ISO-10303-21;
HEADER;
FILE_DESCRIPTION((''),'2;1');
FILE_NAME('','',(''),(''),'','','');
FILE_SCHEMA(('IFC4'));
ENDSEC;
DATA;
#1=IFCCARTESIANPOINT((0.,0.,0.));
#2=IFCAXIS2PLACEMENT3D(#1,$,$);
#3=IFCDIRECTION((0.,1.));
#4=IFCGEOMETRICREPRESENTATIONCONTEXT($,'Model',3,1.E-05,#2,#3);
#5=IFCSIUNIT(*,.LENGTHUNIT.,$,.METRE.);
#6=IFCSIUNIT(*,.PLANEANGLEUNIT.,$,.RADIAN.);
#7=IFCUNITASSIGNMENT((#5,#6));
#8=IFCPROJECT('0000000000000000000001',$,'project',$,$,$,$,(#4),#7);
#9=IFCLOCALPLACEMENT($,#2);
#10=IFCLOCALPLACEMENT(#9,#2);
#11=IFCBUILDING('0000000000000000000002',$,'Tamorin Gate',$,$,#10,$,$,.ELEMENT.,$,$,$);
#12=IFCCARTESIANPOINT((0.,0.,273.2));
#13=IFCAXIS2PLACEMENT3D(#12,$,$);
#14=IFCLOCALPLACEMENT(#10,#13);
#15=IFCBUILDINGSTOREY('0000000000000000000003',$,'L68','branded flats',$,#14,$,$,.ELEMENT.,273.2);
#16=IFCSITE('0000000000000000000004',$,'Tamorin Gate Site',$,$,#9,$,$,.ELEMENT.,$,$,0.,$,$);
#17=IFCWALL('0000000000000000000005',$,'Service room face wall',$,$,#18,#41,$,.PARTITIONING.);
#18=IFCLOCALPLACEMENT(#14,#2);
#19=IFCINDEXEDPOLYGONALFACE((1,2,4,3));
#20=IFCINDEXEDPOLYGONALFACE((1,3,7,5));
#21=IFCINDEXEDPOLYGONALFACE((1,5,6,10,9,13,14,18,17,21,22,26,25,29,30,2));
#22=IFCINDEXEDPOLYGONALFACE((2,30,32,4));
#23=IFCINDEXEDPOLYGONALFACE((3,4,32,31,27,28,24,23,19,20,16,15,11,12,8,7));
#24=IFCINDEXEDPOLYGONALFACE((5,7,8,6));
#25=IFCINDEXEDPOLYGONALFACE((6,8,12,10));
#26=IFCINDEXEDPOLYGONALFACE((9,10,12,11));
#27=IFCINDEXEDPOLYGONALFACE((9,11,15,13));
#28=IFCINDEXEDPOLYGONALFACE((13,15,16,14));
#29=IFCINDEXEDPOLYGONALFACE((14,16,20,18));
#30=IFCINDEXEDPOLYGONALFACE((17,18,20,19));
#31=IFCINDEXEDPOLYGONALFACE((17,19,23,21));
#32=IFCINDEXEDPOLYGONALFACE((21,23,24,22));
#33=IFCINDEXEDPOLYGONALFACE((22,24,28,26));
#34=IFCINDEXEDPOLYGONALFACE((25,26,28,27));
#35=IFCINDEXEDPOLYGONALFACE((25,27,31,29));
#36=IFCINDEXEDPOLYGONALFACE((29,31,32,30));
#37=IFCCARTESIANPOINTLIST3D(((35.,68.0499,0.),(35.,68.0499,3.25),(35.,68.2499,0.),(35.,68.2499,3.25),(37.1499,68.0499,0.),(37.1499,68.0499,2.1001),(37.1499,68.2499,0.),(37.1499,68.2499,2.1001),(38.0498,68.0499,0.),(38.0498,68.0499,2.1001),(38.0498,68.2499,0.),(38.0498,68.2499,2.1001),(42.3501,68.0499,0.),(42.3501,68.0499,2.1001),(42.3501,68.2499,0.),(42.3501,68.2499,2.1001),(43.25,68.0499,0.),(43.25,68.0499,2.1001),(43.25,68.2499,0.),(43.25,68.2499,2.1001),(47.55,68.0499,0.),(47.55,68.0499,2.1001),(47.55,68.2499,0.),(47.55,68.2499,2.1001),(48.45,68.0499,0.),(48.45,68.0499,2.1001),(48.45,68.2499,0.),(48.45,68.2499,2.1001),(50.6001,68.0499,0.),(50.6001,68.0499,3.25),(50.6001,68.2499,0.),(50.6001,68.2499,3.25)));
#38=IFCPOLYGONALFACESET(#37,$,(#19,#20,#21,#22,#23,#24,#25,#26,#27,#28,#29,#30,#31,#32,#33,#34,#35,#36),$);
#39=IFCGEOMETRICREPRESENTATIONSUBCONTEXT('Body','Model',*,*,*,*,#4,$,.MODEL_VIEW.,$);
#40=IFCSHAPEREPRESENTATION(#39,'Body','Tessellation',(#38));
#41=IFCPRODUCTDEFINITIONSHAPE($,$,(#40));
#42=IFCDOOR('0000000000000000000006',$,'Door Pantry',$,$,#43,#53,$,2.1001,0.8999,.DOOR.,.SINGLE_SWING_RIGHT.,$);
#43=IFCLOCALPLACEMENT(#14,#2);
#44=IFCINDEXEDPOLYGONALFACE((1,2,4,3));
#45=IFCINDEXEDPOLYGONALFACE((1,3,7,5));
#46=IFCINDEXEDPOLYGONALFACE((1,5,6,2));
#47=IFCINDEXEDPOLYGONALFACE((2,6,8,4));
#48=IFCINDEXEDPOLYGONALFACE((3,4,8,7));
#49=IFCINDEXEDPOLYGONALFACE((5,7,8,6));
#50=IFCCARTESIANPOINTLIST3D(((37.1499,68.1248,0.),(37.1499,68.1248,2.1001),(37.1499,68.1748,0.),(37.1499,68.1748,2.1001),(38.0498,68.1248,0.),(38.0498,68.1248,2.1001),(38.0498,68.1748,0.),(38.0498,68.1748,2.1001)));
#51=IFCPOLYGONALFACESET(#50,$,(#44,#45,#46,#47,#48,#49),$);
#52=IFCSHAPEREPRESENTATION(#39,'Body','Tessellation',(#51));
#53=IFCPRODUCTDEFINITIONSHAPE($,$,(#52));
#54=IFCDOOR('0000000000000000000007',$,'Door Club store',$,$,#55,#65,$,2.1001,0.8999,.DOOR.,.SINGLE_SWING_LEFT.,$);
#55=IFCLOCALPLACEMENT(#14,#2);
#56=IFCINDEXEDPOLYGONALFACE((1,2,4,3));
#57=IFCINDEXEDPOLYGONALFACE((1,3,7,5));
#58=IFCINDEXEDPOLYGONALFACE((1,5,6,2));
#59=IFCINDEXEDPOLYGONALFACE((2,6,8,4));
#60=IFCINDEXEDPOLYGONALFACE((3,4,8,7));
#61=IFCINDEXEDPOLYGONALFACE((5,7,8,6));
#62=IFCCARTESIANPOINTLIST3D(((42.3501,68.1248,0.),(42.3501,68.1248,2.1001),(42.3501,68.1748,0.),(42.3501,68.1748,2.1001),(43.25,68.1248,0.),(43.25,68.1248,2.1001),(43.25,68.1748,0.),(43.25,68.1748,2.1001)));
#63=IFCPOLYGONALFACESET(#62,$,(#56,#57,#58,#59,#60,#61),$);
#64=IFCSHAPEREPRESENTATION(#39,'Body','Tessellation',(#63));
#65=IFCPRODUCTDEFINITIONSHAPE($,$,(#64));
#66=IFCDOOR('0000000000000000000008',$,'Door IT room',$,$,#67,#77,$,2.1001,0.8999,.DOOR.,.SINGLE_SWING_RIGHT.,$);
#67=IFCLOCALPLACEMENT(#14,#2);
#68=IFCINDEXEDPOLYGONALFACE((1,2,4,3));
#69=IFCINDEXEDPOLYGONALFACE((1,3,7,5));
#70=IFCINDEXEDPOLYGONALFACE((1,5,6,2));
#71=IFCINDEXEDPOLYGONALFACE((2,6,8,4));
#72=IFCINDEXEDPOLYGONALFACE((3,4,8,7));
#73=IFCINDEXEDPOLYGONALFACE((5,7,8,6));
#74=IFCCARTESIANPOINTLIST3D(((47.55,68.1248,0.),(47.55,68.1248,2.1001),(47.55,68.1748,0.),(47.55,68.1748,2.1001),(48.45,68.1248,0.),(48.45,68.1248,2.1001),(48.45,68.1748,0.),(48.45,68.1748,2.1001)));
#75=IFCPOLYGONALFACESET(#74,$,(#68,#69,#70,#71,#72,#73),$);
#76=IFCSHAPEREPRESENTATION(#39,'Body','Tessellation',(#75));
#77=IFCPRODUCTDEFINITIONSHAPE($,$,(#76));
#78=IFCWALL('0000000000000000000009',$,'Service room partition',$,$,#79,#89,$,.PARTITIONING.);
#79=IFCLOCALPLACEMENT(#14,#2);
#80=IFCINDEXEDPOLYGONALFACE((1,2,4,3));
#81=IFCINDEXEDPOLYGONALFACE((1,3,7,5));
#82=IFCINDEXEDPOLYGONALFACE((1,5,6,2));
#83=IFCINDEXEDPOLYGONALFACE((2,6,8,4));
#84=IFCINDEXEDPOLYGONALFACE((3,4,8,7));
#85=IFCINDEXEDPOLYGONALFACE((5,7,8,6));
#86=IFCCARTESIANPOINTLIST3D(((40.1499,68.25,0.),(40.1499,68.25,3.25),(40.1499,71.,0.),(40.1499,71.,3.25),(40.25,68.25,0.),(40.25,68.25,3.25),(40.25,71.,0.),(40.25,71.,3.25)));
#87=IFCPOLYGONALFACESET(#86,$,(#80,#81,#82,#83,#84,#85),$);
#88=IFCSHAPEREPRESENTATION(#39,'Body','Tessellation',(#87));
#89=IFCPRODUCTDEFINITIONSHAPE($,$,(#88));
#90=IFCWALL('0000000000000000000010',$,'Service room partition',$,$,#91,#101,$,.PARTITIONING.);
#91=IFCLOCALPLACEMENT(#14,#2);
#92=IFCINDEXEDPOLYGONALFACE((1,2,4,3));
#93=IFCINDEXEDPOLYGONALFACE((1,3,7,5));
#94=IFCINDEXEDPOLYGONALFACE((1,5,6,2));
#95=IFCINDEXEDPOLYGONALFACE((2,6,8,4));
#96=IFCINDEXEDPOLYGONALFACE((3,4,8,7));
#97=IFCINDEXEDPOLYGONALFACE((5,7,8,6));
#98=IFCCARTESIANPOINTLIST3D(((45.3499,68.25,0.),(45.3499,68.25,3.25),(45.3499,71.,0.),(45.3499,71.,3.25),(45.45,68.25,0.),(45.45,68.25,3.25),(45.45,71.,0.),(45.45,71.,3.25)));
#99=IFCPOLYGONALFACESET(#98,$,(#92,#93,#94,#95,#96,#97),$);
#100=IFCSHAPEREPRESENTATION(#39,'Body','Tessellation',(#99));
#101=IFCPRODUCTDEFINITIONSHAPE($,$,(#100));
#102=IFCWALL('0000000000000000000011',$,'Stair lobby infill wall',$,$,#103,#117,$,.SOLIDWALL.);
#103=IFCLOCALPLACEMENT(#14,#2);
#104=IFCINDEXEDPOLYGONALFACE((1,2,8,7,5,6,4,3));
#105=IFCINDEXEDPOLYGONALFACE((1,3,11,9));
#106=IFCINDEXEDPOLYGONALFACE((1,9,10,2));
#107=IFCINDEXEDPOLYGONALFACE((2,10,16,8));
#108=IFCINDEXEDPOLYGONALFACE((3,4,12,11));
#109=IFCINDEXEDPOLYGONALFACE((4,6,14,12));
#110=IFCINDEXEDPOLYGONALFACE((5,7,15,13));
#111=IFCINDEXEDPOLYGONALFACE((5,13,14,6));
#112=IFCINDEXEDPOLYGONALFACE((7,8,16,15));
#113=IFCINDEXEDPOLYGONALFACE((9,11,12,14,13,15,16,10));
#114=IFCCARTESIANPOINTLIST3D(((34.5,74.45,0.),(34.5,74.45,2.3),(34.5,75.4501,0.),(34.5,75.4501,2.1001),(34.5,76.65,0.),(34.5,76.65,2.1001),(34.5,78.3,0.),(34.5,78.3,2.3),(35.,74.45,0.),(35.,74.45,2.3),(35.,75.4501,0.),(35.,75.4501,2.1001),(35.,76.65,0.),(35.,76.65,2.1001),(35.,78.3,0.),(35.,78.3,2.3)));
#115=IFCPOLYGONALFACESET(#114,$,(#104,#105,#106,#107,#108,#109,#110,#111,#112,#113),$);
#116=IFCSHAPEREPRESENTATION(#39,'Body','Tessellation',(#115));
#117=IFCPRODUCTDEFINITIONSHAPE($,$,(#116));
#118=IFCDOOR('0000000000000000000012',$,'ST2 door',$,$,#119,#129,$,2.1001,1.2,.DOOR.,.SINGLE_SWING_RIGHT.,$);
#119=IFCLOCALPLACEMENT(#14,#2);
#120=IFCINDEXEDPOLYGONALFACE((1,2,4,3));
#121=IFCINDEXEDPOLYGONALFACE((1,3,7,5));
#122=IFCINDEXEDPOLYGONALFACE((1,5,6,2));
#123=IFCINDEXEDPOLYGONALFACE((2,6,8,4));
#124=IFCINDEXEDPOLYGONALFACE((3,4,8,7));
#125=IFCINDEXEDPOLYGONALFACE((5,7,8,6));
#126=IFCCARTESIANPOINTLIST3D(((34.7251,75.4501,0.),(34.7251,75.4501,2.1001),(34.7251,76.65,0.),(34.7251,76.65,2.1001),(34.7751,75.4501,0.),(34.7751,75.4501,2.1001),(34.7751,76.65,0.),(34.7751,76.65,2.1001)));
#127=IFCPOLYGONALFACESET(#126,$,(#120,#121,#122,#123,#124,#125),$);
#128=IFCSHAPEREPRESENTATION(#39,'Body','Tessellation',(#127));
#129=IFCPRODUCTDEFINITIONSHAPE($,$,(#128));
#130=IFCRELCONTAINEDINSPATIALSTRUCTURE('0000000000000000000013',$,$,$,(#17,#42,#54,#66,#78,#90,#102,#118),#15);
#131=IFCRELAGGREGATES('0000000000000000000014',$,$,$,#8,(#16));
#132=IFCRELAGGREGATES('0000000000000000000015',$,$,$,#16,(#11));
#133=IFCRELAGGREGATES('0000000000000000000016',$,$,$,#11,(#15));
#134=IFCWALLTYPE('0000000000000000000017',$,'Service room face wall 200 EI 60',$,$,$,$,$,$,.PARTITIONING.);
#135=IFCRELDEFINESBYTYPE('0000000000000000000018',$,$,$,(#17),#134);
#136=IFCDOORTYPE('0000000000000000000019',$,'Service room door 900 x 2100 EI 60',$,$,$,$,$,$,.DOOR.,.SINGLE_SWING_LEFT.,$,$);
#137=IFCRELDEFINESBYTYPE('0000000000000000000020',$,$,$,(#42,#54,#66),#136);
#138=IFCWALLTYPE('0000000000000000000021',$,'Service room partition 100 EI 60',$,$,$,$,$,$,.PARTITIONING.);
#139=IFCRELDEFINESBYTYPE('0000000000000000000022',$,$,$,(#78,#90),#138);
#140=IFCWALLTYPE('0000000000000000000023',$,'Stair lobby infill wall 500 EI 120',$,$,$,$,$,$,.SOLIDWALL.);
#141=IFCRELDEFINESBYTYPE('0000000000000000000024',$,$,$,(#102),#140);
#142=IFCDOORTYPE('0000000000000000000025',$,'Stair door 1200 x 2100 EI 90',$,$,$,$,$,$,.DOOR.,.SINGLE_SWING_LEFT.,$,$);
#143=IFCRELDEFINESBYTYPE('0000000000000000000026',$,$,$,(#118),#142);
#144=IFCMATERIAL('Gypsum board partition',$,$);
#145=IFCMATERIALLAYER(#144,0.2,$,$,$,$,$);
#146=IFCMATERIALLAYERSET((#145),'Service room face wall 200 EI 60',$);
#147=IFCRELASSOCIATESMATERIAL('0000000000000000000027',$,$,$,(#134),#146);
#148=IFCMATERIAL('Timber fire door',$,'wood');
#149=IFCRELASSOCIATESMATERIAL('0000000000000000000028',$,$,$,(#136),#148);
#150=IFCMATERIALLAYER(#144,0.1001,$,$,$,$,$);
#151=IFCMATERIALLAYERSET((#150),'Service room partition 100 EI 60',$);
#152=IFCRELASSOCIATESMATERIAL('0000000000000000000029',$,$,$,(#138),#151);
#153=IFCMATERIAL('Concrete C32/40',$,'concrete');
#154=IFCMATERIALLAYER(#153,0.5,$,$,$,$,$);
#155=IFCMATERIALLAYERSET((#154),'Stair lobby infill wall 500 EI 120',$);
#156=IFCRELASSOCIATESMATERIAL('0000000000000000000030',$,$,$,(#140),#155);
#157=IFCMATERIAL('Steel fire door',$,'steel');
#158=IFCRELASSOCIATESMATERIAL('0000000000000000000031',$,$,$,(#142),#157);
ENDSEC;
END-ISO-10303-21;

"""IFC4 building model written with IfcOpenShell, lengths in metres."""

from ifc_helpers import new_model, si_unit, direction, frame, frame_2d, origin, place, context, subcontext, project, spatial, rectangle, extrude, material, layer, layer_set, type_object, element, fill, save


model = new_model("IFC4")

# Units and contexts
model_context = context("Model", 3, precision=1e-05, world=origin(), true_north=direction((0.0, 1.0)))
body_context = subcontext(model_context, "Body", "Model", "MODEL_VIEW")
ifc_project = project(units=[si_unit("LENGTHUNIT", "METRE"), si_unit("PLANEANGLEUNIT", "RADIAN")], contexts=[model_context])

# Site, building, storey
site_placement = place(None, origin())
site = spatial("IfcSite", under=ifc_project, at=site_placement, Name="Tamorin Gate Site", CompositionType="ELEMENT", RefElevation=0.0)
building_placement = place(site_placement, origin())
building = spatial("IfcBuilding", under=site, at=building_placement, Name="Tamorin Gate", CompositionType="ELEMENT")
storey_placement = place(building_placement, frame((0.0, 0.0, 273.2)))
storey = spatial("IfcBuildingStorey", under=building, at=storey_placement, Name="L68", Description="branded flats", CompositionType="ELEMENT", Elevation=273.2)

# Shared definitions
ifc_material_1 = material(Name="Concrete C32/40", Category="concrete")

# Shared definitions
ifc_material_2 = material(Name="Steel fire door", Category="steel")

# Shared definitions
ifc_material_3 = material(Name="Gypsum board partition")
ifc_layer_1 = layer(ifc_material_3, 0.2)
ifc_layer_set_1 = layer_set([ifc_layer_1], Name="Service room face wall 200 EI 60")
wall_type_1 = type_object("IfcWallType", Name="Service room face wall 200 EI 60", PredefinedType="PARTITIONING", material=ifc_layer_set_1)
ifc_material_4 = material(Name="Timber fire door", Category="wood")
door_type_1 = type_object("IfcDoorType", Name="Service room door 900 x 2100 EI 60", OperationType="SINGLE_SWING_LEFT", PredefinedType="DOOR", material=ifc_material_4)

# Wall, openings, doors
wall_1_placement = place(storey_placement, frame((35.0, 68.1499, 0.0), z_axis=(0.0, 0.0, 1.0), x_axis=(1.0, 0.0, 0.0)))
wall_1 = element("IfcWall", 1, at=wall_1_placement, inside=storey, type_object=wall_type_1, Name="Service room face wall", PredefinedType="PARTITIONING", context=body_context, shape_type="SweptSolid", body=[
    extrude(rectangle(XDim=15.6001, YDim=0.2, at=frame_2d((7.8, 0.0))), origin(), (0.0, 0.0, 1.0), 3.25),
])
opening_1_placement = place(wall_1_placement, frame((2.1499, 0.0, 0.0)))
opening_1 = element("IfcOpeningElement", 2, at=opening_1_placement, cuts=wall_1, PredefinedType="OPENING", context=body_context, shape_type="SweptSolid", body=[
    extrude(rectangle(XDim=0.8999, YDim=2.1001, at=frame_2d((0.45, 1.05))), frame((0.0, 0.1099, 0.0), z_axis=(0.0, -1.0, 0.0), x_axis=(1.0, 0.0, 0.0)), (0.0, 0.0, 1.0), 0.22),
])
opening_2_placement = place(wall_1_placement, frame((7.3501, 0.0, 0.0)))
opening_2 = element("IfcOpeningElement", 3, at=opening_2_placement, cuts=wall_1, PredefinedType="OPENING", context=body_context, shape_type="SweptSolid", body=[
    extrude(rectangle(XDim=0.8999, YDim=2.1001, at=frame_2d((0.45, 1.05))), frame((0.0, 0.1099, 0.0), z_axis=(0.0, -1.0, 0.0), x_axis=(1.0, 0.0, 0.0)), (0.0, 0.0, 1.0), 0.22),
])
opening_3_placement = place(wall_1_placement, frame((12.55, 0.0, 0.0)))
opening_3 = element("IfcOpeningElement", 4, at=opening_3_placement, cuts=wall_1, PredefinedType="OPENING", context=body_context, shape_type="SweptSolid", body=[
    extrude(rectangle(XDim=0.8999, YDim=2.1001, at=frame_2d((0.45, 1.05))), frame((0.0, 0.1099, 0.0), z_axis=(0.0, -1.0, 0.0), x_axis=(1.0, 0.0, 0.0)), (0.0, 0.0, 1.0), 0.22),
])
door_1_placement = place(opening_1_placement, origin())
door_1 = element("IfcDoor", 5, at=door_1_placement, inside=storey, type_object=door_type_1, Name="Door Pantry", OperationType="SINGLE_SWING_RIGHT", OverallHeight=2.1001, OverallWidth=0.8999, PredefinedType="DOOR", context=body_context, shape_type="SweptSolid", body=[
    extrude(rectangle(XDim=0.8999, YDim=2.1001, at=frame_2d((0.45, 1.05))), frame((0.0, 0.0249, 0.0), z_axis=(0.0, -1.0, 0.0), x_axis=(1.0, 0.0, 0.0)), (0.0, 0.0, 1.0), 0.05),
])
fill(opening_1, door_1)
door_2_placement = place(opening_2_placement, origin())
door_2 = element("IfcDoor", 6, at=door_2_placement, inside=storey, type_object=door_type_1, Name="Door Club store", OperationType="SINGLE_SWING_LEFT", OverallHeight=2.1001, OverallWidth=0.8999, PredefinedType="DOOR", context=body_context, shape_type="SweptSolid", body=[
    extrude(rectangle(XDim=0.8999, YDim=2.1001, at=frame_2d((0.45, 1.05))), frame((0.0, 0.0249, 0.0), z_axis=(0.0, -1.0, 0.0), x_axis=(1.0, 0.0, 0.0)), (0.0, 0.0, 1.0), 0.05),
])
fill(opening_2, door_2)
door_3_placement = place(opening_3_placement, origin())
door_3 = element("IfcDoor", 7, at=door_3_placement, inside=storey, type_object=door_type_1, Name="Door IT room", OperationType="SINGLE_SWING_RIGHT", OverallHeight=2.1001, OverallWidth=0.8999, PredefinedType="DOOR", context=body_context, shape_type="SweptSolid", body=[
    extrude(rectangle(XDim=0.8999, YDim=2.1001, at=frame_2d((0.45, 1.05))), frame((0.0, 0.0249, 0.0), z_axis=(0.0, -1.0, 0.0), x_axis=(1.0, 0.0, 0.0)), (0.0, 0.0, 1.0), 0.05),
])
fill(opening_3, door_3)

# Walls
ifc_layer_2 = layer(ifc_material_3, 0.1001)
ifc_layer_set_2 = layer_set([ifc_layer_2], Name="Service room partition 100 EI 60")
wall_type_2 = type_object("IfcWallType", Name="Service room partition 100 EI 60", PredefinedType="PARTITIONING", material=ifc_layer_set_2)
for number, where, z_axis, x_axis, name in (
    (8, (40.2, 68.25, 0.0), (0.0, 0.0, 1.0), (0.0, 1.0, 0.0), "Service room partition"),
    (9, (45.3999, 68.25, 0.0), (0.0, 0.0, 1.0), (0.0, 1.0, 0.0), "Service room partition"),
):
    element("IfcWall", number, at=place(storey_placement, frame(where, z_axis=z_axis, x_axis=x_axis)), inside=storey, type_object=wall_type_2, Name=name, PredefinedType="PARTITIONING", context=body_context, shape_type="SweptSolid", body=[
        extrude(rectangle(XDim=2.75, YDim=0.1001, at=frame_2d((1.375, 0.0))), origin(), (0.0, 0.0, 1.0), 3.25),
    ])

# Wall, opening, door
ifc_layer_3 = layer(ifc_material_1, 0.5)
ifc_layer_set_3 = layer_set([ifc_layer_3], Name="Stair lobby infill wall 500 EI 120")
wall_type_3 = type_object("IfcWallType", Name="Stair lobby infill wall 500 EI 120", PredefinedType="SOLIDWALL", material=ifc_layer_set_3)
wall_2_placement = place(storey_placement, frame((34.75, 74.45, 0.0), z_axis=(0.0, 0.0, 1.0), x_axis=(0.0, 1.0, 0.0)))
wall_2 = element("IfcWall", 10, at=wall_2_placement, inside=storey, type_object=wall_type_3, Name="Stair lobby infill wall", PredefinedType="SOLIDWALL", context=body_context, shape_type="SweptSolid", body=[
    extrude(rectangle(XDim=3.8501, YDim=0.5, at=frame_2d((1.925, 0.0))), origin(), (0.0, 0.0, 1.0), 2.3),
])
opening_4_placement = place(wall_2_placement, frame((1.0, 0.0, 0.0)))
opening_4 = element("IfcOpeningElement", 11, at=opening_4_placement, cuts=wall_2, PredefinedType="OPENING", context=body_context, shape_type="SweptSolid", body=[
    extrude(rectangle(XDim=1.2, YDim=2.1001, at=frame_2d((0.6001, 1.05))), frame((0.0, 0.26, 0.0), z_axis=(0.0, -1.0, 0.0), x_axis=(1.0, 0.0, 0.0)), (0.0, 0.0, 1.0), 0.52),
])
door_type_2 = type_object("IfcDoorType", Name="Stair door 1200 x 2100 EI 90", OperationType="SINGLE_SWING_LEFT", PredefinedType="DOOR", material=ifc_material_2)
door_4_placement = place(opening_4_placement, origin())
door_4 = element("IfcDoor", 12, at=door_4_placement, inside=storey, type_object=door_type_2, Name="ST2 door", OperationType="SINGLE_SWING_RIGHT", OverallHeight=2.1001, OverallWidth=1.2, PredefinedType="DOOR", context=body_context, shape_type="SweptSolid", body=[
    extrude(rectangle(XDim=1.2, YDim=2.1001, at=frame_2d((0.6001, 1.05))), frame((0.0, 0.0249, 0.0), z_axis=(0.0, -1.0, 0.0), x_axis=(1.0, 0.0, 0.0)), (0.0, 0.0, 1.0), 0.05),
])
fill(opening_4, door_4)

save(model, "model.ifc")
